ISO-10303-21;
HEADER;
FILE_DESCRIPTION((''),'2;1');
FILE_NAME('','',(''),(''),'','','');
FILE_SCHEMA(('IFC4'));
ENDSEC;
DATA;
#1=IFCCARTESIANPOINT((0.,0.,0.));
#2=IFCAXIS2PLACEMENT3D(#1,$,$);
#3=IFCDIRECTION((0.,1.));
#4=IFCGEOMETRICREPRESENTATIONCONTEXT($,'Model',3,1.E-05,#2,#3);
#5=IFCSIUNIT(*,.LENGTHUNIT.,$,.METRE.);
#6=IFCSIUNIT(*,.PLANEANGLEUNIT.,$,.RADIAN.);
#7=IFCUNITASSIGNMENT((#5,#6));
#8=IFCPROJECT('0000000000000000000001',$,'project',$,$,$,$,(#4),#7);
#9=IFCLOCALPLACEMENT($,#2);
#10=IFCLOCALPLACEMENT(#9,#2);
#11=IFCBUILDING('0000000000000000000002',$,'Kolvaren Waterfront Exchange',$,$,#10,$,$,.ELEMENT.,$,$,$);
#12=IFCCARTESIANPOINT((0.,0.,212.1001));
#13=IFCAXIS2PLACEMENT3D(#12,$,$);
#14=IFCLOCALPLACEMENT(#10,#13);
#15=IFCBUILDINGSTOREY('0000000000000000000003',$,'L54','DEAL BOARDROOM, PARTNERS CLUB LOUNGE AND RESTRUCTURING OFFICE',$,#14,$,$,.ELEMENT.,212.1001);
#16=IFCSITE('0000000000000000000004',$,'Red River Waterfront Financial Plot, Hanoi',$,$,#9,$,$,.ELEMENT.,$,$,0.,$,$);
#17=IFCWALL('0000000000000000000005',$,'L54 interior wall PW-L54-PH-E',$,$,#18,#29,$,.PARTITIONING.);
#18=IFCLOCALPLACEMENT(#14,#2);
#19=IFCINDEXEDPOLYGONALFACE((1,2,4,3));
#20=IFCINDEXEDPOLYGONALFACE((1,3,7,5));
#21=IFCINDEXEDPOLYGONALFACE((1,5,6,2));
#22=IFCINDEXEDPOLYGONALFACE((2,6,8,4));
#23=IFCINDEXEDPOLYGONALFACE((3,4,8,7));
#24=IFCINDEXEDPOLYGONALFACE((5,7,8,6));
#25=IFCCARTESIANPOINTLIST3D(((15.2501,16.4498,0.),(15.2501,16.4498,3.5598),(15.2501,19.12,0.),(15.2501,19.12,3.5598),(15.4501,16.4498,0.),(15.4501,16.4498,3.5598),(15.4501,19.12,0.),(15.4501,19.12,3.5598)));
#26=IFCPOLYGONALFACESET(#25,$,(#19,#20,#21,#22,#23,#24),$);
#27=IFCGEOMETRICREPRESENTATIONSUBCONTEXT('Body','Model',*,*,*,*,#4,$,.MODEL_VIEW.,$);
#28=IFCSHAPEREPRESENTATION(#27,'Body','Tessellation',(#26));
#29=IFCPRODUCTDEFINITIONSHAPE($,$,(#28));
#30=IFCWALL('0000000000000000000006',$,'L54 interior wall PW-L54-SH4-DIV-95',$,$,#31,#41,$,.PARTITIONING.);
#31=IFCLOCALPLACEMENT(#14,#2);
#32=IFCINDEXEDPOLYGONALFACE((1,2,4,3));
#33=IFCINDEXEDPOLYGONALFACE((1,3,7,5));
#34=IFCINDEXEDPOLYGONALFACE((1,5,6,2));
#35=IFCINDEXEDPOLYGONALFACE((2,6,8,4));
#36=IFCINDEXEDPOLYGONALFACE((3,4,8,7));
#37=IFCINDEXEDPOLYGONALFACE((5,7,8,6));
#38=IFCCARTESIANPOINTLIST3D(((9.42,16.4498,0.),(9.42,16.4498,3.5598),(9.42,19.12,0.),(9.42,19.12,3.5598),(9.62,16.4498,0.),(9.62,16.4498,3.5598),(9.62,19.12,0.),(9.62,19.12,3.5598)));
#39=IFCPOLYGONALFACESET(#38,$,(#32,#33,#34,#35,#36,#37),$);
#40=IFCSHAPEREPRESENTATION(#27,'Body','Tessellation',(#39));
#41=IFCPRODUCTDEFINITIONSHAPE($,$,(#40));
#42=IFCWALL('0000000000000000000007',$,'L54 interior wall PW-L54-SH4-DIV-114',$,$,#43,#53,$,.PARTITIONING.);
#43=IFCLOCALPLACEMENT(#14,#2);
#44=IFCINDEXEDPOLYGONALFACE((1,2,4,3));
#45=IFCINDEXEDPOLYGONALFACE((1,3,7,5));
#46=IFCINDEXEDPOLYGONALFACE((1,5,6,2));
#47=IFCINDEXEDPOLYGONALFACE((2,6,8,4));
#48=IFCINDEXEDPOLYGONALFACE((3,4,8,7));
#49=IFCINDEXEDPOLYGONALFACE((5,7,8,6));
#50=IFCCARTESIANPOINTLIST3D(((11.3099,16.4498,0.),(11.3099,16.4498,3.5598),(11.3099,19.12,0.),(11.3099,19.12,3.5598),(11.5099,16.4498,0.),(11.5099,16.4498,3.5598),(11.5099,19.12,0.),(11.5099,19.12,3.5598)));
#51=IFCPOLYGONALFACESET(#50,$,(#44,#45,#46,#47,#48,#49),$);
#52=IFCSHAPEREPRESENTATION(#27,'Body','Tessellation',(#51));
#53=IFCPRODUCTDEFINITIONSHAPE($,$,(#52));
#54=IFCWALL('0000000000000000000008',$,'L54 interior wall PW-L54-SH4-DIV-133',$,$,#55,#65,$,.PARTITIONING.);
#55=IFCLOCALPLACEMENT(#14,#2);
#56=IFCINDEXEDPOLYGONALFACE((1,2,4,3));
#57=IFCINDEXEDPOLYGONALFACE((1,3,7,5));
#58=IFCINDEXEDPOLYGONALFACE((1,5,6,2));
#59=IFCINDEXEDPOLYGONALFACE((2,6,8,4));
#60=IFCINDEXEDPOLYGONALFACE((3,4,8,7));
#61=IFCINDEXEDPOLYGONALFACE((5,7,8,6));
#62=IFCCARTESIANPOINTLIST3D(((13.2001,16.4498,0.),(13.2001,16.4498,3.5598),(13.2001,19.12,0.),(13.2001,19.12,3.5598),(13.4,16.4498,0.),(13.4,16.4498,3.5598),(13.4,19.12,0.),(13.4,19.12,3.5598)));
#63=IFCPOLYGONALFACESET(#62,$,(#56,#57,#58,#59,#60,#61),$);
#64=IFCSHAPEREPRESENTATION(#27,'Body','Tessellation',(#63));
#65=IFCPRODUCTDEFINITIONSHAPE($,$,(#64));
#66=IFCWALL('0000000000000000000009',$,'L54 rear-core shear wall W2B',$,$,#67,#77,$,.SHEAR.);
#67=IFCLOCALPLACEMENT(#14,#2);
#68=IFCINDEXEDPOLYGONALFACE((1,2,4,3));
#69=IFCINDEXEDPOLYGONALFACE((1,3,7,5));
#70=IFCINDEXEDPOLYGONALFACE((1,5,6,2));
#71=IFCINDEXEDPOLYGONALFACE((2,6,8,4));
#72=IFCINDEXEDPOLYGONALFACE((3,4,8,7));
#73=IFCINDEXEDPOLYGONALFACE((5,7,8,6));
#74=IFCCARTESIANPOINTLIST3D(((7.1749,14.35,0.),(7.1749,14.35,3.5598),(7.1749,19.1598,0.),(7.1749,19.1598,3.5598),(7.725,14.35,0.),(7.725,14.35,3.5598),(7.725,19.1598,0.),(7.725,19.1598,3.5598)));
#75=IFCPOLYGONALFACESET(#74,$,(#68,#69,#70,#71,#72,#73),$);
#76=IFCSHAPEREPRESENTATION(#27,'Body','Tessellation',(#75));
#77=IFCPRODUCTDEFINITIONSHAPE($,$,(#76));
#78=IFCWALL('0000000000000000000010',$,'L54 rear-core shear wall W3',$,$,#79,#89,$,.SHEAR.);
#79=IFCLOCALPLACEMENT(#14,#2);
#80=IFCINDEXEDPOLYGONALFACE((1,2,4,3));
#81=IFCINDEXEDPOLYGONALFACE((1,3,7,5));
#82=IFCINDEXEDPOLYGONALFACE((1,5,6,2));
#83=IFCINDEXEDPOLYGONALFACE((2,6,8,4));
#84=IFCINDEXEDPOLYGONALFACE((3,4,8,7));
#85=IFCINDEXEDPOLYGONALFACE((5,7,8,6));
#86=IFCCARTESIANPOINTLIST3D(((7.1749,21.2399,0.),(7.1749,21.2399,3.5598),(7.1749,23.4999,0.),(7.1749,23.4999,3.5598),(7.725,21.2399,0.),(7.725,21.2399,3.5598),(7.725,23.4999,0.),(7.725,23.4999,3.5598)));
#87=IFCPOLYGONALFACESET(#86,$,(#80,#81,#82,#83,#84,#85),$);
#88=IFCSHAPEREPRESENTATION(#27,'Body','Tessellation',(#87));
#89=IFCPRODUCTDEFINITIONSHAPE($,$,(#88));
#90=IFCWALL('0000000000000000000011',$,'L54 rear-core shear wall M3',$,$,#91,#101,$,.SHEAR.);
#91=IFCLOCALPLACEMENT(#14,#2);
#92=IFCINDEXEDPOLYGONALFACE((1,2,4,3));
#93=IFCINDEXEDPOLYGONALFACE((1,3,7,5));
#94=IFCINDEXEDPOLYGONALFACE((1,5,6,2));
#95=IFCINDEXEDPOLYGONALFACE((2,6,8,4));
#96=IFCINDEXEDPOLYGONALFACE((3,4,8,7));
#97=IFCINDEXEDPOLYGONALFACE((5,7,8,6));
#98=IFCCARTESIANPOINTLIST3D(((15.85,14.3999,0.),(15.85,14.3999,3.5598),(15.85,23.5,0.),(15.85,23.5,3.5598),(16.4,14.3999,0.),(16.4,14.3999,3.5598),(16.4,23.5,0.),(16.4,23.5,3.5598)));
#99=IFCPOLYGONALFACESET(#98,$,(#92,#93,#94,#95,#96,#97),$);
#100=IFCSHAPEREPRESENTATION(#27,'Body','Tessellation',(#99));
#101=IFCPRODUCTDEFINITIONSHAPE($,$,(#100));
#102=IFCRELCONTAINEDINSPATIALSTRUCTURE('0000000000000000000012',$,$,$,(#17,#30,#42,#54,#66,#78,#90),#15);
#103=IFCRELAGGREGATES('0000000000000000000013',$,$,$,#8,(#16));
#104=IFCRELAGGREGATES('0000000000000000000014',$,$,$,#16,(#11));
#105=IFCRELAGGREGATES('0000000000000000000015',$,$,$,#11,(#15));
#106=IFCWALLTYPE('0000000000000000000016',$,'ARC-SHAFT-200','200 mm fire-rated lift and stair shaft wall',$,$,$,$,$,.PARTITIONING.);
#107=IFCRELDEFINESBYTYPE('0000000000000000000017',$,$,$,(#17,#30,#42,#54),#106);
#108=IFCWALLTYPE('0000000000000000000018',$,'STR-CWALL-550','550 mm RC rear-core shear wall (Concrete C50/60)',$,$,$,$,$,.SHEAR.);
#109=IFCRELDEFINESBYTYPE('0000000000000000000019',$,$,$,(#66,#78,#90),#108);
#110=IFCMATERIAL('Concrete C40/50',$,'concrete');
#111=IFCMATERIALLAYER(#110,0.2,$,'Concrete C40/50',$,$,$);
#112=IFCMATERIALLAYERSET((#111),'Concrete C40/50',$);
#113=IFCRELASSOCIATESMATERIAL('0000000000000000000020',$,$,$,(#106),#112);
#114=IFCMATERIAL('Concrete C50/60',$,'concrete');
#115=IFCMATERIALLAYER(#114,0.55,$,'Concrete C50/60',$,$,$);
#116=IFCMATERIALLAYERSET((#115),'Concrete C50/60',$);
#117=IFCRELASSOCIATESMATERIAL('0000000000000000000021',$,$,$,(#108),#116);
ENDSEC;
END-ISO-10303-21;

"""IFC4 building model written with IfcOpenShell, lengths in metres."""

from ifc_helpers import new_model, si_unit, direction, frame, frame_2d, origin, place, context, subcontext, project, spatial, rectangle, extrude, material, layer, layer_set, type_object, element, save


model = new_model("IFC4")

# Units and contexts
model_context = context("Model", 3, precision=1e-05, world=origin(), true_north=direction((0.0, 1.0)))
body_context = subcontext(model_context, "Body", "Model", "MODEL_VIEW")
ifc_project = project(units=[si_unit("LENGTHUNIT", "METRE"), si_unit("PLANEANGLEUNIT", "RADIAN")], contexts=[model_context])

# Site, building, storey
site_placement = place(None, origin())
site = spatial("IfcSite", under=ifc_project, at=site_placement, Name="Red River Waterfront Financial Plot, Hanoi", CompositionType="ELEMENT", RefElevation=0.0)
building_placement = place(site_placement, origin())
building = spatial("IfcBuilding", under=site, at=building_placement, Name="Kolvaren Waterfront Exchange", CompositionType="ELEMENT")
storey_placement = place(building_placement, frame((0.0, 0.0, 212.1001)))
storey = spatial("IfcBuildingStorey", under=building, at=storey_placement, Name="L54", Description="DEAL BOARDROOM, PARTNERS CLUB LOUNGE AND RESTRUCTURING OFFICE", CompositionType="ELEMENT", Elevation=212.1001)

# Walls
ifc_material_1 = material(Name="Concrete C40/50", Category="concrete")
ifc_layer_1 = layer(ifc_material_1, 0.2, Name="Concrete C40/50")
ifc_layer_set_1 = layer_set([ifc_layer_1], Name="Concrete C40/50")
wall_type_1 = type_object("IfcWallType", Name="ARC-SHAFT-200", Description="200 mm fire-rated lift and stair shaft wall", PredefinedType="PARTITIONING", material=ifc_layer_set_1)
for number, where, z_axis, x_axis, name in (
    (1, (15.3501, 16.45, 0.0), (0.0, 0.0, 1.0), (0.0, 1.0, 0.0), "L54 interior wall PW-L54-PH-E"),
    (2, (9.52, 16.45, 0.0), (0.0, 0.0, 1.0), (0.0, 1.0, 0.0), "L54 interior wall PW-L54-SH4-DIV-95"),
    (3, (11.4099, 16.45, 0.0), (0.0, 0.0, 1.0), (0.0, 1.0, 0.0), "L54 interior wall PW-L54-SH4-DIV-114"),
    (4, (13.3, 16.45, 0.0), (0.0, 0.0, 1.0), (0.0, 1.0, 0.0), "L54 interior wall PW-L54-SH4-DIV-133"),
):
    element("IfcWall", number, at=place(storey_placement, frame(where, z_axis=z_axis, x_axis=x_axis)), inside=storey, type_object=wall_type_1, Name=name, PredefinedType="PARTITIONING", context=body_context, shape_type="SweptSolid", body=[
        extrude(rectangle(XDim=2.6702, YDim=0.2, at=frame_2d((1.335, 0.0))), origin(), (0.0, 0.0, 1.0), 3.5598),
    ])
ifc_material_2 = material(Name="Concrete C50/60", Category="concrete")
ifc_layer_2 = layer(ifc_material_2, 0.55, Name="Concrete C50/60")
ifc_layer_set_2 = layer_set([ifc_layer_2], Name="Concrete C50/60")
wall_type_2 = type_object("IfcWallType", Name="STR-CWALL-550", Description="550 mm RC rear-core shear wall (Concrete C50/60)", PredefinedType="SHEAR", material=ifc_layer_set_2)
wall_1_placement = place(storey_placement, frame((7.45, 14.3501, 0.0), z_axis=(0.0, 0.0, 1.0), x_axis=(0.0, 1.0, 0.0)))
element("IfcWall", 5, at=wall_1_placement, inside=storey, type_object=wall_type_2, Name="L54 rear-core shear wall W2B", PredefinedType="SHEAR", context=body_context, shape_type="SweptSolid", body=[
    extrude(rectangle(XDim=4.8098, YDim=0.55, at=frame_2d((2.4048, 0.0))), origin(), (0.0, 0.0, 1.0), 3.5598),
])
wall_2_placement = place(storey_placement, frame((7.45, 21.24, 0.0), z_axis=(0.0, 0.0, 1.0), x_axis=(0.0, 1.0, 0.0)))
element("IfcWall", 6, at=wall_2_placement, inside=storey, type_object=wall_type_2, Name="L54 rear-core shear wall W3", PredefinedType="SHEAR", context=body_context, shape_type="SweptSolid", body=[
    extrude(rectangle(XDim=2.26, YDim=0.55, at=frame_2d((1.1299, 0.0))), origin(), (0.0, 0.0, 1.0), 3.5598),
])
wall_3_placement = place(storey_placement, frame((16.125, 14.3999, 0.0), z_axis=(0.0, 0.0, 1.0), x_axis=(0.0, 1.0, 0.0)))
element("IfcWall", 7, at=wall_3_placement, inside=storey, type_object=wall_type_2, Name="L54 rear-core shear wall M3", PredefinedType="SHEAR", context=body_context, shape_type="SweptSolid", body=[
    extrude(rectangle(XDim=9.1001, YDim=0.55, at=frame_2d((4.55, 0.0))), origin(), (0.0, 0.0, 1.0), 3.5598),
])

save(model, "model.ifc")
